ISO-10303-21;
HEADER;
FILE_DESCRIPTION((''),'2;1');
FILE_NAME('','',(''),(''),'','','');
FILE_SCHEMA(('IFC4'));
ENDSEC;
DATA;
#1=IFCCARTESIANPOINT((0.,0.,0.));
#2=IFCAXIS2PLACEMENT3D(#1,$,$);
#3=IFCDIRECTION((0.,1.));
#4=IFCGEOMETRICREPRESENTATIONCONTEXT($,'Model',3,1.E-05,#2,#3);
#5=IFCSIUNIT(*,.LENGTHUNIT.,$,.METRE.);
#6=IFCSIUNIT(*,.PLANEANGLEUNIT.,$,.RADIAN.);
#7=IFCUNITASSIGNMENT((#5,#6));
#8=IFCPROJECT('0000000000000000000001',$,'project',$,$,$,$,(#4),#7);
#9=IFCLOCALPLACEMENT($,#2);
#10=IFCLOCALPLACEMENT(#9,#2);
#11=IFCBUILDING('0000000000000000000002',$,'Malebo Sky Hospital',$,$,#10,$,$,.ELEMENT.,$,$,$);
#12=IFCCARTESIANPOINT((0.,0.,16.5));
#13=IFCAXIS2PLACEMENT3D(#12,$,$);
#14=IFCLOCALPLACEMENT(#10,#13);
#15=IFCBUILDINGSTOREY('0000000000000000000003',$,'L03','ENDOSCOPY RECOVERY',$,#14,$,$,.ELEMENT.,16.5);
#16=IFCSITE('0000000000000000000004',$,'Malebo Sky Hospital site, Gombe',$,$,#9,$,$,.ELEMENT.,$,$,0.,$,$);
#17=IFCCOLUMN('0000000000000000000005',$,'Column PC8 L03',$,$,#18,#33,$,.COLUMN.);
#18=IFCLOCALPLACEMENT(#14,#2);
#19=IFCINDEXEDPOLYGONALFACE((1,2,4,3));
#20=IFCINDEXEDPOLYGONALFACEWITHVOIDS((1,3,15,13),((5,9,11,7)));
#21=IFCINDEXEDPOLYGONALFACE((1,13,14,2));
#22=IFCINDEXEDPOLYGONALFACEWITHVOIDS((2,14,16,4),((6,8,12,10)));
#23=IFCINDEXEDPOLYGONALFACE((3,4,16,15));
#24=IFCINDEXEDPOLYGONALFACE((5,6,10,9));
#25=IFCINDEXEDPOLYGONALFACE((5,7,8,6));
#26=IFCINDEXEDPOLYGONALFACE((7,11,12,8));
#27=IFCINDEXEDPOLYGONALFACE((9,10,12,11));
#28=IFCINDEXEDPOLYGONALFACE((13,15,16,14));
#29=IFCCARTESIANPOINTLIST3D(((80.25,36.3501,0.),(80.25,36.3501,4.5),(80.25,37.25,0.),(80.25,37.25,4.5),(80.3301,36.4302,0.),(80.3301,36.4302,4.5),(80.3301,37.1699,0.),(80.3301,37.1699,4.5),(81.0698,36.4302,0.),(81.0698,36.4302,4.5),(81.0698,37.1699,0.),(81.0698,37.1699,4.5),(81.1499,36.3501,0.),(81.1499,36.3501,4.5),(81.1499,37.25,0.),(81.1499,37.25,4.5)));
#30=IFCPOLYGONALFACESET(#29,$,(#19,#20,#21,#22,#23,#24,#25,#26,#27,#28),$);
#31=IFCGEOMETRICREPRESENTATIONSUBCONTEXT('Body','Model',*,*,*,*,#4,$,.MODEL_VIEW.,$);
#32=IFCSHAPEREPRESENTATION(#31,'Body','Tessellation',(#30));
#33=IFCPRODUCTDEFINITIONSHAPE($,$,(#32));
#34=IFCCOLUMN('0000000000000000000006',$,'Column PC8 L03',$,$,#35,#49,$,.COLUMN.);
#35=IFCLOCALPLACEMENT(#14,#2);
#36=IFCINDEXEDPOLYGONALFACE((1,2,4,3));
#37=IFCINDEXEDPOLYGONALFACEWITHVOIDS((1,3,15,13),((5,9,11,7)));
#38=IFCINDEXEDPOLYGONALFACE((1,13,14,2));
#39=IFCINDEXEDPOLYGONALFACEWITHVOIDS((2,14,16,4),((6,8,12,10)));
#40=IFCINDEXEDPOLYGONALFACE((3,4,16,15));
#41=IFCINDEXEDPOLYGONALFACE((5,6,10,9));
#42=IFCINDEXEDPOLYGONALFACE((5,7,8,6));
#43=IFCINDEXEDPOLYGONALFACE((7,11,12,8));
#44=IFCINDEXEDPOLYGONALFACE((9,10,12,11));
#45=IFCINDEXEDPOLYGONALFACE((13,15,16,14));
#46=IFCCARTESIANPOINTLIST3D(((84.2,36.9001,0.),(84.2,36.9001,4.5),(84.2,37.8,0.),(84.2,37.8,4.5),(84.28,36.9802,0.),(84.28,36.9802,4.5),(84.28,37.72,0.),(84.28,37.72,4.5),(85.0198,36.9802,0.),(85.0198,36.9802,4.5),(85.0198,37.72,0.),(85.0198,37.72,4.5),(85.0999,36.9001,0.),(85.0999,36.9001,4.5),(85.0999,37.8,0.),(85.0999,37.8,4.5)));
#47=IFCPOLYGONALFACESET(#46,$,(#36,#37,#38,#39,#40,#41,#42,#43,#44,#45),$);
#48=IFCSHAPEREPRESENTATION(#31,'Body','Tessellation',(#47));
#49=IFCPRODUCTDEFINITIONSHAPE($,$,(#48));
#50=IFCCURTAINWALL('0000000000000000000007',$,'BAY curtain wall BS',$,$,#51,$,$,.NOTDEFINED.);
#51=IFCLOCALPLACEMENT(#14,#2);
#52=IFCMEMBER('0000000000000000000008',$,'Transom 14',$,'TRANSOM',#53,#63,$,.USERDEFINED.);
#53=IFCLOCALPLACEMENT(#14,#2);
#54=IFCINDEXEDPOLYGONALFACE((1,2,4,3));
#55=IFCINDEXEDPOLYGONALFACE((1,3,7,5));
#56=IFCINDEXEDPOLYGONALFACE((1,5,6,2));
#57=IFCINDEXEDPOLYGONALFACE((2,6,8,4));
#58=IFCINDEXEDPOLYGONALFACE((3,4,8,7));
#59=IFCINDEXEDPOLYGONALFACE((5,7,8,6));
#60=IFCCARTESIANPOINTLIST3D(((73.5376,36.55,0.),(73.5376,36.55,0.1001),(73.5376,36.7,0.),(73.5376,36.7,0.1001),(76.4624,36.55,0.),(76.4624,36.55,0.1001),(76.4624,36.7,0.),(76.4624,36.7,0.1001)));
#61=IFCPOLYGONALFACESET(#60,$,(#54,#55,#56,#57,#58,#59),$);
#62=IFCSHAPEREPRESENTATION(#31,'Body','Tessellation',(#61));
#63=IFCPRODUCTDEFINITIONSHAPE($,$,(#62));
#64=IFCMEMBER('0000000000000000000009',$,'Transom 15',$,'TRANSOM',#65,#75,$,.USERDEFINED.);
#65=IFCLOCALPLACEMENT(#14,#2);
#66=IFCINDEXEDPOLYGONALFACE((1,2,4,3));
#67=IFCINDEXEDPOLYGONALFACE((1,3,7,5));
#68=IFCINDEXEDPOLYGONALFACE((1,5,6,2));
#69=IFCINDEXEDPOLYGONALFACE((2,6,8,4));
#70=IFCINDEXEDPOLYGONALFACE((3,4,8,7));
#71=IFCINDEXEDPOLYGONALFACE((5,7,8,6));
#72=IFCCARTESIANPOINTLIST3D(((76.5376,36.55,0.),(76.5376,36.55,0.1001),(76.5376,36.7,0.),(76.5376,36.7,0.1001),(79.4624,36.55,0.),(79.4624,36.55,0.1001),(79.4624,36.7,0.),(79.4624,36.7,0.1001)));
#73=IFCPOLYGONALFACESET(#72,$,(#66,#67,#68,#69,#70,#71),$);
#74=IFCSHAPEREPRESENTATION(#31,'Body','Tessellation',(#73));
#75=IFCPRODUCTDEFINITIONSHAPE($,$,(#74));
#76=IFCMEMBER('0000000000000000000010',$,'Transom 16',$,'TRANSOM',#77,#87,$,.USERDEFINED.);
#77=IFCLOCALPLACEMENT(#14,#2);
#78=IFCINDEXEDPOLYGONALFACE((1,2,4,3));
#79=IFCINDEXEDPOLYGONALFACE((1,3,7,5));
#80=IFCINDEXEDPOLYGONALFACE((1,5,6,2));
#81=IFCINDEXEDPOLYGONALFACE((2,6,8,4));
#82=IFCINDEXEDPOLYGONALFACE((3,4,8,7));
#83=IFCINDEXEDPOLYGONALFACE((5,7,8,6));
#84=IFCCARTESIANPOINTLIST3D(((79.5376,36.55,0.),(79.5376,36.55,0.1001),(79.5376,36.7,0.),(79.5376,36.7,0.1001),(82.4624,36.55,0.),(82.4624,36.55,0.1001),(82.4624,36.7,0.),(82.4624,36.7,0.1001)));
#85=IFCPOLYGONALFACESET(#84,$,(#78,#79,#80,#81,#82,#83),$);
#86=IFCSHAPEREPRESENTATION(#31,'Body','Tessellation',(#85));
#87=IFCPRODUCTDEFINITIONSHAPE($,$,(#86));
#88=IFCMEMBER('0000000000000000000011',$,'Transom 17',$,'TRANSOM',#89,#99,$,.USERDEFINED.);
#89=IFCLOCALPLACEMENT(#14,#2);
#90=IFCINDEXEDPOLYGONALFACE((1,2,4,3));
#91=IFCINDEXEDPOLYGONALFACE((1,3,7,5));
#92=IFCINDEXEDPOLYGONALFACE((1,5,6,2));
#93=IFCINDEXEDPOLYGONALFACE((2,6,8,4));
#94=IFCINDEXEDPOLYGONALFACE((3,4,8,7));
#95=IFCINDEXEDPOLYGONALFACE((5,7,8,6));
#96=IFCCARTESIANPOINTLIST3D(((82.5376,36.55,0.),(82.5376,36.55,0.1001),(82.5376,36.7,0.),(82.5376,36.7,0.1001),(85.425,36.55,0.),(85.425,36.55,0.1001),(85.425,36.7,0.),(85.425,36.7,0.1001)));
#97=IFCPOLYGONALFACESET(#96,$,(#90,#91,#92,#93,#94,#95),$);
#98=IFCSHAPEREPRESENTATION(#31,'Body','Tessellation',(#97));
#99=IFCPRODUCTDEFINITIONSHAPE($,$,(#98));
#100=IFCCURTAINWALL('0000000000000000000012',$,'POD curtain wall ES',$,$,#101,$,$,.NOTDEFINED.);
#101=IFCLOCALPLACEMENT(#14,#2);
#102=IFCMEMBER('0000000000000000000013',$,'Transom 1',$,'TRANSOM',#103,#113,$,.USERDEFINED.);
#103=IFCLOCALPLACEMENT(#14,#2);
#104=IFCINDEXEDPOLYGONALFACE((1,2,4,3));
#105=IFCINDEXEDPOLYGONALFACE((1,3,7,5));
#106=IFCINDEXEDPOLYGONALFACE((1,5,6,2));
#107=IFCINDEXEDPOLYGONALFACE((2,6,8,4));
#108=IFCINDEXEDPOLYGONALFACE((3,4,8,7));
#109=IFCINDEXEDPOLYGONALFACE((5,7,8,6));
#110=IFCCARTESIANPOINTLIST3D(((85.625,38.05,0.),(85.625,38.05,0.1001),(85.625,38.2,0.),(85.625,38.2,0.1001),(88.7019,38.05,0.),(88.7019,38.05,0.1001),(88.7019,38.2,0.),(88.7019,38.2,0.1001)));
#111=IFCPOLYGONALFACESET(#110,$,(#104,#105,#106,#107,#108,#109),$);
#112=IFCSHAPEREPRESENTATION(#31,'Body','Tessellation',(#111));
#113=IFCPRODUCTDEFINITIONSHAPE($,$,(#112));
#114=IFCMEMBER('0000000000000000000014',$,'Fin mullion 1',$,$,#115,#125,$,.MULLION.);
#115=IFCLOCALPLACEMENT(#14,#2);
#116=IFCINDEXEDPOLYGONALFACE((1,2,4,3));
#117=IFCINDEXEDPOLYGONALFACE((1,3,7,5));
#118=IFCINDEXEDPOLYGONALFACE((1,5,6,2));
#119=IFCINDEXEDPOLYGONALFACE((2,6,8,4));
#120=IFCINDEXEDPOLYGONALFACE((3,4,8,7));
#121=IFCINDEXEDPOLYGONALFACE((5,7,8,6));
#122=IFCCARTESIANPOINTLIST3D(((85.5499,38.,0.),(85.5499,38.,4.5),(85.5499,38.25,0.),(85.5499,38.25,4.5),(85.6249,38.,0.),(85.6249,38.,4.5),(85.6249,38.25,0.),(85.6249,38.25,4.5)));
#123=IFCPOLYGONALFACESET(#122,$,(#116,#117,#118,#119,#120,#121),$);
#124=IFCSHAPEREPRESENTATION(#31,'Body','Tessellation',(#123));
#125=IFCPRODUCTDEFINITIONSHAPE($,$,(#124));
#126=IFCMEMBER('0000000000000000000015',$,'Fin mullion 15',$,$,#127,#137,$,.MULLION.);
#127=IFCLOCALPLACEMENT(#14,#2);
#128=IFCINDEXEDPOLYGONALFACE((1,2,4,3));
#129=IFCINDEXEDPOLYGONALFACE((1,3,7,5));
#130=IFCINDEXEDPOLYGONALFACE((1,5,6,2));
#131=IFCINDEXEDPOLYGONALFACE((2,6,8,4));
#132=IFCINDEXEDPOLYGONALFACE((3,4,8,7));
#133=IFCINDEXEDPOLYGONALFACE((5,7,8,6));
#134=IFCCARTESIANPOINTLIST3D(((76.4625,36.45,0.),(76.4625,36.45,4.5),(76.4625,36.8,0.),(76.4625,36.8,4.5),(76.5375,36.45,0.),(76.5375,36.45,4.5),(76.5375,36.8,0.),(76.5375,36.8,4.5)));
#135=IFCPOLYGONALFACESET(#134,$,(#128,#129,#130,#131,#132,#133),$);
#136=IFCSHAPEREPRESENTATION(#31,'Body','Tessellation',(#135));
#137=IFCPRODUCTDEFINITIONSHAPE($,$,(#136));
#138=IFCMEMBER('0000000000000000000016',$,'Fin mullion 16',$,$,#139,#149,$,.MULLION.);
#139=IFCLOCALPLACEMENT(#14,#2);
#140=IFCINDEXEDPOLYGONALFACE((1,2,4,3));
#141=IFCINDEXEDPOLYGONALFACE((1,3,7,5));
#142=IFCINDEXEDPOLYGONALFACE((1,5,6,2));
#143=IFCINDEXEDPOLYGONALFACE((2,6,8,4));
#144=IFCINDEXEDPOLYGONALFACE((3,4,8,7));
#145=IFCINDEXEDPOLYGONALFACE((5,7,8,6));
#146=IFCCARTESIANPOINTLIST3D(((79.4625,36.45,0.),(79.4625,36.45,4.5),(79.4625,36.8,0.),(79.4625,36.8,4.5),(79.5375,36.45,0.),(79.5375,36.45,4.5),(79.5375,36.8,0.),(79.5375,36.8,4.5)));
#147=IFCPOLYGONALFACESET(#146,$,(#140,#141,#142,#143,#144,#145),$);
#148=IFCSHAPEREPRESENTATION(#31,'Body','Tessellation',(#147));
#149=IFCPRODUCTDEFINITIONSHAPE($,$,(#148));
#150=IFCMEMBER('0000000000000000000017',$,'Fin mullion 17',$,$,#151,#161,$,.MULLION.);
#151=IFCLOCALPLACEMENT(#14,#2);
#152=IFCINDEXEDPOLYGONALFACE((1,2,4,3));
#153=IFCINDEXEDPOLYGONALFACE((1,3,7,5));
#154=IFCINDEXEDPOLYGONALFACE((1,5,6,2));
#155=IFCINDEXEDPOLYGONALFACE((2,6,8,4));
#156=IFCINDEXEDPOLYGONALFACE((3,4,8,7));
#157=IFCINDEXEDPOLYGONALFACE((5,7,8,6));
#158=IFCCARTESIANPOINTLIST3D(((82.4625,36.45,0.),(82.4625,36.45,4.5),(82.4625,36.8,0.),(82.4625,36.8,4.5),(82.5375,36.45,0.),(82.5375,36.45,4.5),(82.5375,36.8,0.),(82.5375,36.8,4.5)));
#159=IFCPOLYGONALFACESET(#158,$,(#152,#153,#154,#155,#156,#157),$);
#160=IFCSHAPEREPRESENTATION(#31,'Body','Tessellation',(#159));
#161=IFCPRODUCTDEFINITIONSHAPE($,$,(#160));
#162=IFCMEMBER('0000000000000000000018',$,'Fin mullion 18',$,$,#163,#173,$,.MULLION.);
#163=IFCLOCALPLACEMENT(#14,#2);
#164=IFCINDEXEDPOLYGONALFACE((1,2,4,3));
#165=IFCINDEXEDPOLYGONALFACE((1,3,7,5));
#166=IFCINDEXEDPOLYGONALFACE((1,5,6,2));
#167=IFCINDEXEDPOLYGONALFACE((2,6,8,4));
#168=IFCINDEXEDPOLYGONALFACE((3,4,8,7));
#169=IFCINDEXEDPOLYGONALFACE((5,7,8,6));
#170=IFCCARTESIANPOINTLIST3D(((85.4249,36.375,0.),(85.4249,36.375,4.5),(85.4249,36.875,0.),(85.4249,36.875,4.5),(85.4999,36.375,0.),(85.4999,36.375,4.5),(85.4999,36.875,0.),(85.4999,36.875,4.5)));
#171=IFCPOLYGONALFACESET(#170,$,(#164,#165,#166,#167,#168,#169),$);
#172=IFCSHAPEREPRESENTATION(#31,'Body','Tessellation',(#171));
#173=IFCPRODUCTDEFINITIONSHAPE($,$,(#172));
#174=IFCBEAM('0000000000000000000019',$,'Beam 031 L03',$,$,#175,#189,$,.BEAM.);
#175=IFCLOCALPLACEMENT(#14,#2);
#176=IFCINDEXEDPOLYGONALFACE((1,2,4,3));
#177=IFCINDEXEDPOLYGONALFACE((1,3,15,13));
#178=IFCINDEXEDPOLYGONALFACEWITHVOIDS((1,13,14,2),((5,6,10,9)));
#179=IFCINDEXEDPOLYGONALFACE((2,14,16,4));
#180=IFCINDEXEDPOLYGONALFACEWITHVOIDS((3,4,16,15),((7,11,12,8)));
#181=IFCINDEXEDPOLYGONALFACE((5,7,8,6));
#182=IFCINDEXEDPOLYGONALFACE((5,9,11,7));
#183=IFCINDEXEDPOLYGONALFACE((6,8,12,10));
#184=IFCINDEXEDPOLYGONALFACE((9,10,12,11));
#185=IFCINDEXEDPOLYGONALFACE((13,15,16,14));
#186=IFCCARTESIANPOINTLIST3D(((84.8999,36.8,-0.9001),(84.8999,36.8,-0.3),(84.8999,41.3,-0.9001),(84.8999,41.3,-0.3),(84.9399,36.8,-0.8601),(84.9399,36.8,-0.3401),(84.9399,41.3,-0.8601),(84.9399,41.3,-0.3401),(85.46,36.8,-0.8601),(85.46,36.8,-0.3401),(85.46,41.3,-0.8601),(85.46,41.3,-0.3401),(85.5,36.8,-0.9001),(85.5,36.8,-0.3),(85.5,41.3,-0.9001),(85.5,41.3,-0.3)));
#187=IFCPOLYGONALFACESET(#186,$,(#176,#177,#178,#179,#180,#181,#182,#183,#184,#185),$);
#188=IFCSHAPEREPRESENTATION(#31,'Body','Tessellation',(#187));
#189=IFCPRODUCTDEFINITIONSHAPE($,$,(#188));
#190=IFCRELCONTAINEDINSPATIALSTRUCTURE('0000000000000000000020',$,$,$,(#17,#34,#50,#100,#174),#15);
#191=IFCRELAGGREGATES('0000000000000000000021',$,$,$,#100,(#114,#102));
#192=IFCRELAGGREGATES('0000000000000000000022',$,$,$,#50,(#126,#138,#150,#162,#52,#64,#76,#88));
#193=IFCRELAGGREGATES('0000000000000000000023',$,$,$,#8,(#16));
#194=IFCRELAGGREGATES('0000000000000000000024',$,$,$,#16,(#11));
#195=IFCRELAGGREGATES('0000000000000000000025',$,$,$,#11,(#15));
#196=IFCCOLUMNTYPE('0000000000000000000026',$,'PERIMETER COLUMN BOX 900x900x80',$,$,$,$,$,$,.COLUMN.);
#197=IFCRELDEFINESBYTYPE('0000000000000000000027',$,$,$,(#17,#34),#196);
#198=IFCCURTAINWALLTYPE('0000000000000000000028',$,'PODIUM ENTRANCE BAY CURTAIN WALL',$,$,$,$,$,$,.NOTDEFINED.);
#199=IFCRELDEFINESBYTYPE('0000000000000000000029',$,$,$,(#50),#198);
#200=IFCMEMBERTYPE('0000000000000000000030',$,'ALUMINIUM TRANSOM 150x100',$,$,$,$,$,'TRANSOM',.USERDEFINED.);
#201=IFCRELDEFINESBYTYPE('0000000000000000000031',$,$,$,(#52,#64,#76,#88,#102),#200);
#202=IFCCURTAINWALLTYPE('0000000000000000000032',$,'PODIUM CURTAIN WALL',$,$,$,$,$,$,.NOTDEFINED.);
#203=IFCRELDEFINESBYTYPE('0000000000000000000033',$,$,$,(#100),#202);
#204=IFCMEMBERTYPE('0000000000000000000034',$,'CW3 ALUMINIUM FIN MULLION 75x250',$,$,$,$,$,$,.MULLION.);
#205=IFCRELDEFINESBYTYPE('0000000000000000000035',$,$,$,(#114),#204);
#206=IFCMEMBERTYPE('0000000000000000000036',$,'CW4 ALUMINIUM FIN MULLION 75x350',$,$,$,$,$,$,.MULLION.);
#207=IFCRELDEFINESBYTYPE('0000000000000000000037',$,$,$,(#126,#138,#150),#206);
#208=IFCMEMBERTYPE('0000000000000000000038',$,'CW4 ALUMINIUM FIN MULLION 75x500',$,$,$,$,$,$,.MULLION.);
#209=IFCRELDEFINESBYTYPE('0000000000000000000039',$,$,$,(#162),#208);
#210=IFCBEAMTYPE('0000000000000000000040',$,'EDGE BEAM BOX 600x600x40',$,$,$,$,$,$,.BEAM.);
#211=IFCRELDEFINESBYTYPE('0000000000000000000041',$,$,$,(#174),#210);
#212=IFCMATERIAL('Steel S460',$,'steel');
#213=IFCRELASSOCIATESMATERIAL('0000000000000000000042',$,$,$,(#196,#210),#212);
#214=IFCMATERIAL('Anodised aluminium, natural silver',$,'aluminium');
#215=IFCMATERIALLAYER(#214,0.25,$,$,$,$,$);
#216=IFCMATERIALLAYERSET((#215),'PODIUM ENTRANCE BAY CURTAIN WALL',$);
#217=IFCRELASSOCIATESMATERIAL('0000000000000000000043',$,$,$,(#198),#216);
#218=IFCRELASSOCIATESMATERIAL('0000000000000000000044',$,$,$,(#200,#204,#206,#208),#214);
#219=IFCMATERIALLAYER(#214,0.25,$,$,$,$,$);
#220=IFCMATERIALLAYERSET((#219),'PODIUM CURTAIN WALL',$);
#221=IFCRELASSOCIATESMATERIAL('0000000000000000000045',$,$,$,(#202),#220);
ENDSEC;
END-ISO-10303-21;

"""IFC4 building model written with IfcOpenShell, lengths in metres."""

from ifc_helpers import new_model, si_unit, direction, frame, origin, origin_2d, place, context, subcontext, project, spatial, rectangle, hollow_rectangle, extrude, material, layer, layer_set, material_profile, profile_set, type_object, element, aggregate, save


model = new_model("IFC4")

# Units and contexts
model_context = context("Model", 3, precision=1e-05, world=origin(), true_north=direction((0.0, 1.0)))
body_context = subcontext(model_context, "Body", "Model", "MODEL_VIEW")
ifc_project = project(units=[si_unit("LENGTHUNIT", "METRE"), si_unit("PLANEANGLEUNIT", "RADIAN")], contexts=[model_context])

# Site, building, storey
site_placement = place(None, origin())
site = spatial("IfcSite", under=ifc_project, at=site_placement, Name="Malebo Sky Hospital site, Gombe", CompositionType="ELEMENT", RefElevation=0.0)
building_placement = place(site_placement, origin())
building = spatial("IfcBuilding", under=site, at=building_placement, Name="Malebo Sky Hospital", CompositionType="ELEMENT")
storey_placement = place(building_placement, frame((0.0, 0.0, 16.5)))
storey = spatial("IfcBuildingStorey", under=building, at=storey_placement, Name="L03", Description="ENDOSCOPY RECOVERY", CompositionType="ELEMENT", Elevation=16.5)

# Columns
ifc_material_1 = material(Name="Steel S460", Category="steel")
ifc_material_profile_1 = material_profile(ifc_material_1, hollow_rectangle(XDim=0.8999, YDim=0.8999, WallThickness=0.0801, at=origin_2d()), Name="BOX 900x900x80")
ifc_profile_set_1 = profile_set([ifc_material_profile_1], Name="Steel S460")
column_type = type_object("IfcColumnType", Name="PERIMETER COLUMN BOX 900x900x80", PredefinedType="COLUMN", material=ifc_profile_set_1)
for number, where, z_axis, x_axis, name in (
    (1, (80.7, 36.8, 0.0), (0.0, 0.0, 1.0), (1.0, 0.0, 0.0), "Column PC8 L03"),
    (2, (84.6499, 37.3501, 0.0), (0.0, 0.0, 1.0), (1.0, 0.0, 0.0), "Column PC8 L03"),
):
    element("IfcColumn", number, at=place(storey_placement, frame(where, z_axis=z_axis, x_axis=x_axis)), inside=storey, type_object=column_type, Name=name, PredefinedType="COLUMN", context=body_context, shape_type="SweptSolid", body=[
        extrude(hollow_rectangle(XDim=0.8999, YDim=0.8999, WallThickness=0.0801, at=origin_2d()), origin(), (0.0, 0.0, 1.0), 4.5),
    ])

# Curtain walls, members
ifc_material_2 = material(Name="Anodised aluminium, natural silver", Category="aluminium")
ifc_layer_1 = layer(ifc_material_2, 0.25)
ifc_layer_set_1 = layer_set([ifc_layer_1], Name="PODIUM ENTRANCE BAY CURTAIN WALL")
curtain_wall_type_1 = type_object("IfcCurtainWallType", Name="PODIUM ENTRANCE BAY CURTAIN WALL", PredefinedType="NOTDEFINED", material=ifc_layer_set_1)
curtain_wall_1_placement = place(storey_placement, origin())
curtain_wall_1 = element("IfcCurtainWall", 3, at=curtain_wall_1_placement, inside=storey, type_object=curtain_wall_type_1, Name="BAY curtain wall BS", PredefinedType="NOTDEFINED")
ifc_material_profile_2 = material_profile(ifc_material_2, rectangle(XDim=0.1499, YDim=0.1001, at=origin_2d()), Name="ALUMINIUM TRANSOM 150x100")
ifc_profile_set_2 = profile_set([ifc_material_profile_2], Name="Anodised aluminium, natural silver")
member_type_1 = type_object("IfcMemberType", Name="ALUMINIUM TRANSOM 150x100", ElementType="TRANSOM", PredefinedType="USERDEFINED", material=ifc_profile_set_2)
member_1_placement = place(storey_placement, frame((73.5376, 36.625, 0.05), z_axis=(1.0, 0.0, 0.0), x_axis=(0.0, 1.0, 0.0)))
member_1 = element("IfcMember", 4, at=member_1_placement, type_object=member_type_1, Name="Transom 14", ObjectType="TRANSOM", PredefinedType="USERDEFINED", context=body_context, shape_type="SweptSolid", body=[
    extrude(rectangle(XDim=0.1499, YDim=0.1001, at=origin_2d()), origin(), (0.0, 0.0, 1.0), 2.9248),
])
member_2_placement = place(storey_placement, frame((76.5376, 36.625, 0.05), z_axis=(1.0, 0.0, 0.0), x_axis=(0.0, 1.0, 0.0)))
member_2 = element("IfcMember", 5, at=member_2_placement, type_object=member_type_1, Name="Transom 15", ObjectType="TRANSOM", PredefinedType="USERDEFINED", context=body_context, shape_type="SweptSolid", body=[
    extrude(rectangle(XDim=0.1499, YDim=0.1001, at=origin_2d()), origin(), (0.0, 0.0, 1.0), 2.9248),
])
member_3_placement = place(storey_placement, frame((79.5376, 36.625, 0.05), z_axis=(1.0, 0.0, 0.0), x_axis=(0.0, 1.0, 0.0)))
member_3 = element("IfcMember", 6, at=member_3_placement, type_object=member_type_1, Name="Transom 16", ObjectType="TRANSOM", PredefinedType="USERDEFINED", context=body_context, shape_type="SweptSolid", body=[
    extrude(rectangle(XDim=0.1499, YDim=0.1001, at=origin_2d()), origin(), (0.0, 0.0, 1.0), 2.9248),
])
member_4_placement = place(storey_placement, frame((82.5376, 36.625, 0.05), z_axis=(1.0, 0.0, 0.0), x_axis=(0.0, 1.0, 0.0)))
member_4 = element("IfcMember", 7, at=member_4_placement, type_object=member_type_1, Name="Transom 17", ObjectType="TRANSOM", PredefinedType="USERDEFINED", context=body_context, shape_type="SweptSolid", body=[
    extrude(rectangle(XDim=0.1499, YDim=0.1001, at=origin_2d()), origin(), (0.0, 0.0, 1.0), 2.8875),
])
ifc_layer_2 = layer(ifc_material_2, 0.25)
ifc_layer_set_2 = layer_set([ifc_layer_2], Name="PODIUM CURTAIN WALL")
curtain_wall_type_2 = type_object("IfcCurtainWallType", Name="PODIUM CURTAIN WALL", PredefinedType="NOTDEFINED", material=ifc_layer_set_2)
curtain_wall_2_placement = place(storey_placement, origin())
curtain_wall_2 = element("IfcCurtainWall", 8, at=curtain_wall_2_placement, inside=storey, type_object=curtain_wall_type_2, Name="POD curtain wall ES", PredefinedType="NOTDEFINED")
member_5_placement = place(storey_placement, frame((85.625, 38.125, 0.05), z_axis=(1.0, 0.0, 0.0), x_axis=(0.0, 1.0, 0.0)))
member_5 = element("IfcMember", 9, at=member_5_placement, type_object=member_type_1, Name="Transom 1", ObjectType="TRANSOM", PredefinedType="USERDEFINED", context=body_context, shape_type="SweptSolid", body=[
    extrude(rectangle(XDim=0.1499, YDim=0.1001, at=origin_2d()), origin(), (0.0, 0.0, 1.0), 3.0769),
])
ifc_material_profile_3 = material_profile(ifc_material_2, rectangle(XDim=0.075, YDim=0.25, at=origin_2d()), Name="CW3 ALUMINIUM FIN MULLION 75x250")
ifc_profile_set_3 = profile_set([ifc_material_profile_3], Name="Anodised aluminium, natural silver")
member_type_2 = type_object("IfcMemberType", Name="CW3 ALUMINIUM FIN MULLION 75x250", PredefinedType="MULLION", material=ifc_profile_set_3)
member_6_placement = place(storey_placement, frame((85.5874, 38.125, 0.0), z_axis=(0.0, 0.0, 1.0), x_axis=(1.0, 0.0, 0.0)))
member_6 = element("IfcMember", 10, at=member_6_placement, type_object=member_type_2, Name="Fin mullion 1", PredefinedType="MULLION", context=body_context, shape_type="SweptSolid", body=[
    extrude(rectangle(XDim=0.075, YDim=0.25, at=origin_2d()), origin(), (0.0, 0.0, 1.0), 4.5),
])
aggregate(curtain_wall_2, [member_6, member_5])

# Members
ifc_material_profile_4 = material_profile(ifc_material_2, rectangle(XDim=0.075, YDim=0.3501, at=origin_2d()), Name="CW4 ALUMINIUM FIN MULLION 75x350")
ifc_profile_set_4 = profile_set([ifc_material_profile_4], Name="Anodised aluminium, natural silver")
member_type_3 = type_object("IfcMemberType", Name="CW4 ALUMINIUM FIN MULLION 75x350", PredefinedType="MULLION", material=ifc_profile_set_4)
member_7_placement = place(storey_placement, frame((76.5, 36.625, 0.0), z_axis=(0.0, 0.0, 1.0), x_axis=(1.0, 0.0, 0.0)))
member_7 = element("IfcMember", 11, at=member_7_placement, type_object=member_type_3, Name="Fin mullion 15", PredefinedType="MULLION", context=body_context, shape_type="SweptSolid", body=[
    extrude(rectangle(XDim=0.075, YDim=0.3501, at=origin_2d()), origin(), (0.0, 0.0, 1.0), 4.5),
])
member_8_placement = place(storey_placement, frame((79.5, 36.625, 0.0), z_axis=(0.0, 0.0, 1.0), x_axis=(1.0, 0.0, 0.0)))
member_8 = element("IfcMember", 12, at=member_8_placement, type_object=member_type_3, Name="Fin mullion 16", PredefinedType="MULLION", context=body_context, shape_type="SweptSolid", body=[
    extrude(rectangle(XDim=0.075, YDim=0.3501, at=origin_2d()), origin(), (0.0, 0.0, 1.0), 4.5),
])
member_9_placement = place(storey_placement, frame((82.5, 36.625, 0.0), z_axis=(0.0, 0.0, 1.0), x_axis=(1.0, 0.0, 0.0)))
member_9 = element("IfcMember", 13, at=member_9_placement, type_object=member_type_3, Name="Fin mullion 17", PredefinedType="MULLION", context=body_context, shape_type="SweptSolid", body=[
    extrude(rectangle(XDim=0.075, YDim=0.3501, at=origin_2d()), origin(), (0.0, 0.0, 1.0), 4.5),
])
ifc_material_profile_5 = material_profile(ifc_material_2, rectangle(XDim=0.075, YDim=0.5, at=origin_2d()), Name="CW4 ALUMINIUM FIN MULLION 75x500")
ifc_profile_set_5 = profile_set([ifc_material_profile_5], Name="Anodised aluminium, natural silver")
member_type_4 = type_object("IfcMemberType", Name="CW4 ALUMINIUM FIN MULLION 75x500", PredefinedType="MULLION", material=ifc_profile_set_5)
member_10_placement = place(storey_placement, frame((85.4624, 36.625, 0.0), z_axis=(0.0, 0.0, 1.0), x_axis=(1.0, 0.0, 0.0)))
member_10 = element("IfcMember", 14, at=member_10_placement, type_object=member_type_4, Name="Fin mullion 18", PredefinedType="MULLION", context=body_context, shape_type="SweptSolid", body=[
    extrude(rectangle(XDim=0.075, YDim=0.5, at=origin_2d()), origin(), (0.0, 0.0, 1.0), 4.5),
])

# Beam
ifc_material_profile_6 = material_profile(ifc_material_1, hollow_rectangle(XDim=0.6001, YDim=0.6001, WallThickness=0.04, at=origin_2d()), Name="BOX 600x600x40")
ifc_profile_set_6 = profile_set([ifc_material_profile_6], Name="Steel S460")
beam_type_1 = type_object("IfcBeamType", Name="EDGE BEAM BOX 600x600x40", PredefinedType="BEAM", material=ifc_profile_set_6)
beam_1_placement = place(storey_placement, frame((85.2, 36.8, -0.6001), z_axis=(0.0, 1.0, 0.0), x_axis=(-1.0, 0.0, 0.0)))
element("IfcBeam", 15, at=beam_1_placement, inside=storey, type_object=beam_type_1, Name="Beam 031 L03", PredefinedType="BEAM", context=body_context, shape_type="SweptSolid", body=[
    extrude(hollow_rectangle(XDim=0.6001, YDim=0.6001, WallThickness=0.04, at=origin_2d()), origin(), (0.0, 0.0, 1.0), 4.5),
])

aggregate(curtain_wall_1, [member_7, member_8, member_9, member_10, member_1, member_2, member_3, member_4])

save(model, "model.ifc")
